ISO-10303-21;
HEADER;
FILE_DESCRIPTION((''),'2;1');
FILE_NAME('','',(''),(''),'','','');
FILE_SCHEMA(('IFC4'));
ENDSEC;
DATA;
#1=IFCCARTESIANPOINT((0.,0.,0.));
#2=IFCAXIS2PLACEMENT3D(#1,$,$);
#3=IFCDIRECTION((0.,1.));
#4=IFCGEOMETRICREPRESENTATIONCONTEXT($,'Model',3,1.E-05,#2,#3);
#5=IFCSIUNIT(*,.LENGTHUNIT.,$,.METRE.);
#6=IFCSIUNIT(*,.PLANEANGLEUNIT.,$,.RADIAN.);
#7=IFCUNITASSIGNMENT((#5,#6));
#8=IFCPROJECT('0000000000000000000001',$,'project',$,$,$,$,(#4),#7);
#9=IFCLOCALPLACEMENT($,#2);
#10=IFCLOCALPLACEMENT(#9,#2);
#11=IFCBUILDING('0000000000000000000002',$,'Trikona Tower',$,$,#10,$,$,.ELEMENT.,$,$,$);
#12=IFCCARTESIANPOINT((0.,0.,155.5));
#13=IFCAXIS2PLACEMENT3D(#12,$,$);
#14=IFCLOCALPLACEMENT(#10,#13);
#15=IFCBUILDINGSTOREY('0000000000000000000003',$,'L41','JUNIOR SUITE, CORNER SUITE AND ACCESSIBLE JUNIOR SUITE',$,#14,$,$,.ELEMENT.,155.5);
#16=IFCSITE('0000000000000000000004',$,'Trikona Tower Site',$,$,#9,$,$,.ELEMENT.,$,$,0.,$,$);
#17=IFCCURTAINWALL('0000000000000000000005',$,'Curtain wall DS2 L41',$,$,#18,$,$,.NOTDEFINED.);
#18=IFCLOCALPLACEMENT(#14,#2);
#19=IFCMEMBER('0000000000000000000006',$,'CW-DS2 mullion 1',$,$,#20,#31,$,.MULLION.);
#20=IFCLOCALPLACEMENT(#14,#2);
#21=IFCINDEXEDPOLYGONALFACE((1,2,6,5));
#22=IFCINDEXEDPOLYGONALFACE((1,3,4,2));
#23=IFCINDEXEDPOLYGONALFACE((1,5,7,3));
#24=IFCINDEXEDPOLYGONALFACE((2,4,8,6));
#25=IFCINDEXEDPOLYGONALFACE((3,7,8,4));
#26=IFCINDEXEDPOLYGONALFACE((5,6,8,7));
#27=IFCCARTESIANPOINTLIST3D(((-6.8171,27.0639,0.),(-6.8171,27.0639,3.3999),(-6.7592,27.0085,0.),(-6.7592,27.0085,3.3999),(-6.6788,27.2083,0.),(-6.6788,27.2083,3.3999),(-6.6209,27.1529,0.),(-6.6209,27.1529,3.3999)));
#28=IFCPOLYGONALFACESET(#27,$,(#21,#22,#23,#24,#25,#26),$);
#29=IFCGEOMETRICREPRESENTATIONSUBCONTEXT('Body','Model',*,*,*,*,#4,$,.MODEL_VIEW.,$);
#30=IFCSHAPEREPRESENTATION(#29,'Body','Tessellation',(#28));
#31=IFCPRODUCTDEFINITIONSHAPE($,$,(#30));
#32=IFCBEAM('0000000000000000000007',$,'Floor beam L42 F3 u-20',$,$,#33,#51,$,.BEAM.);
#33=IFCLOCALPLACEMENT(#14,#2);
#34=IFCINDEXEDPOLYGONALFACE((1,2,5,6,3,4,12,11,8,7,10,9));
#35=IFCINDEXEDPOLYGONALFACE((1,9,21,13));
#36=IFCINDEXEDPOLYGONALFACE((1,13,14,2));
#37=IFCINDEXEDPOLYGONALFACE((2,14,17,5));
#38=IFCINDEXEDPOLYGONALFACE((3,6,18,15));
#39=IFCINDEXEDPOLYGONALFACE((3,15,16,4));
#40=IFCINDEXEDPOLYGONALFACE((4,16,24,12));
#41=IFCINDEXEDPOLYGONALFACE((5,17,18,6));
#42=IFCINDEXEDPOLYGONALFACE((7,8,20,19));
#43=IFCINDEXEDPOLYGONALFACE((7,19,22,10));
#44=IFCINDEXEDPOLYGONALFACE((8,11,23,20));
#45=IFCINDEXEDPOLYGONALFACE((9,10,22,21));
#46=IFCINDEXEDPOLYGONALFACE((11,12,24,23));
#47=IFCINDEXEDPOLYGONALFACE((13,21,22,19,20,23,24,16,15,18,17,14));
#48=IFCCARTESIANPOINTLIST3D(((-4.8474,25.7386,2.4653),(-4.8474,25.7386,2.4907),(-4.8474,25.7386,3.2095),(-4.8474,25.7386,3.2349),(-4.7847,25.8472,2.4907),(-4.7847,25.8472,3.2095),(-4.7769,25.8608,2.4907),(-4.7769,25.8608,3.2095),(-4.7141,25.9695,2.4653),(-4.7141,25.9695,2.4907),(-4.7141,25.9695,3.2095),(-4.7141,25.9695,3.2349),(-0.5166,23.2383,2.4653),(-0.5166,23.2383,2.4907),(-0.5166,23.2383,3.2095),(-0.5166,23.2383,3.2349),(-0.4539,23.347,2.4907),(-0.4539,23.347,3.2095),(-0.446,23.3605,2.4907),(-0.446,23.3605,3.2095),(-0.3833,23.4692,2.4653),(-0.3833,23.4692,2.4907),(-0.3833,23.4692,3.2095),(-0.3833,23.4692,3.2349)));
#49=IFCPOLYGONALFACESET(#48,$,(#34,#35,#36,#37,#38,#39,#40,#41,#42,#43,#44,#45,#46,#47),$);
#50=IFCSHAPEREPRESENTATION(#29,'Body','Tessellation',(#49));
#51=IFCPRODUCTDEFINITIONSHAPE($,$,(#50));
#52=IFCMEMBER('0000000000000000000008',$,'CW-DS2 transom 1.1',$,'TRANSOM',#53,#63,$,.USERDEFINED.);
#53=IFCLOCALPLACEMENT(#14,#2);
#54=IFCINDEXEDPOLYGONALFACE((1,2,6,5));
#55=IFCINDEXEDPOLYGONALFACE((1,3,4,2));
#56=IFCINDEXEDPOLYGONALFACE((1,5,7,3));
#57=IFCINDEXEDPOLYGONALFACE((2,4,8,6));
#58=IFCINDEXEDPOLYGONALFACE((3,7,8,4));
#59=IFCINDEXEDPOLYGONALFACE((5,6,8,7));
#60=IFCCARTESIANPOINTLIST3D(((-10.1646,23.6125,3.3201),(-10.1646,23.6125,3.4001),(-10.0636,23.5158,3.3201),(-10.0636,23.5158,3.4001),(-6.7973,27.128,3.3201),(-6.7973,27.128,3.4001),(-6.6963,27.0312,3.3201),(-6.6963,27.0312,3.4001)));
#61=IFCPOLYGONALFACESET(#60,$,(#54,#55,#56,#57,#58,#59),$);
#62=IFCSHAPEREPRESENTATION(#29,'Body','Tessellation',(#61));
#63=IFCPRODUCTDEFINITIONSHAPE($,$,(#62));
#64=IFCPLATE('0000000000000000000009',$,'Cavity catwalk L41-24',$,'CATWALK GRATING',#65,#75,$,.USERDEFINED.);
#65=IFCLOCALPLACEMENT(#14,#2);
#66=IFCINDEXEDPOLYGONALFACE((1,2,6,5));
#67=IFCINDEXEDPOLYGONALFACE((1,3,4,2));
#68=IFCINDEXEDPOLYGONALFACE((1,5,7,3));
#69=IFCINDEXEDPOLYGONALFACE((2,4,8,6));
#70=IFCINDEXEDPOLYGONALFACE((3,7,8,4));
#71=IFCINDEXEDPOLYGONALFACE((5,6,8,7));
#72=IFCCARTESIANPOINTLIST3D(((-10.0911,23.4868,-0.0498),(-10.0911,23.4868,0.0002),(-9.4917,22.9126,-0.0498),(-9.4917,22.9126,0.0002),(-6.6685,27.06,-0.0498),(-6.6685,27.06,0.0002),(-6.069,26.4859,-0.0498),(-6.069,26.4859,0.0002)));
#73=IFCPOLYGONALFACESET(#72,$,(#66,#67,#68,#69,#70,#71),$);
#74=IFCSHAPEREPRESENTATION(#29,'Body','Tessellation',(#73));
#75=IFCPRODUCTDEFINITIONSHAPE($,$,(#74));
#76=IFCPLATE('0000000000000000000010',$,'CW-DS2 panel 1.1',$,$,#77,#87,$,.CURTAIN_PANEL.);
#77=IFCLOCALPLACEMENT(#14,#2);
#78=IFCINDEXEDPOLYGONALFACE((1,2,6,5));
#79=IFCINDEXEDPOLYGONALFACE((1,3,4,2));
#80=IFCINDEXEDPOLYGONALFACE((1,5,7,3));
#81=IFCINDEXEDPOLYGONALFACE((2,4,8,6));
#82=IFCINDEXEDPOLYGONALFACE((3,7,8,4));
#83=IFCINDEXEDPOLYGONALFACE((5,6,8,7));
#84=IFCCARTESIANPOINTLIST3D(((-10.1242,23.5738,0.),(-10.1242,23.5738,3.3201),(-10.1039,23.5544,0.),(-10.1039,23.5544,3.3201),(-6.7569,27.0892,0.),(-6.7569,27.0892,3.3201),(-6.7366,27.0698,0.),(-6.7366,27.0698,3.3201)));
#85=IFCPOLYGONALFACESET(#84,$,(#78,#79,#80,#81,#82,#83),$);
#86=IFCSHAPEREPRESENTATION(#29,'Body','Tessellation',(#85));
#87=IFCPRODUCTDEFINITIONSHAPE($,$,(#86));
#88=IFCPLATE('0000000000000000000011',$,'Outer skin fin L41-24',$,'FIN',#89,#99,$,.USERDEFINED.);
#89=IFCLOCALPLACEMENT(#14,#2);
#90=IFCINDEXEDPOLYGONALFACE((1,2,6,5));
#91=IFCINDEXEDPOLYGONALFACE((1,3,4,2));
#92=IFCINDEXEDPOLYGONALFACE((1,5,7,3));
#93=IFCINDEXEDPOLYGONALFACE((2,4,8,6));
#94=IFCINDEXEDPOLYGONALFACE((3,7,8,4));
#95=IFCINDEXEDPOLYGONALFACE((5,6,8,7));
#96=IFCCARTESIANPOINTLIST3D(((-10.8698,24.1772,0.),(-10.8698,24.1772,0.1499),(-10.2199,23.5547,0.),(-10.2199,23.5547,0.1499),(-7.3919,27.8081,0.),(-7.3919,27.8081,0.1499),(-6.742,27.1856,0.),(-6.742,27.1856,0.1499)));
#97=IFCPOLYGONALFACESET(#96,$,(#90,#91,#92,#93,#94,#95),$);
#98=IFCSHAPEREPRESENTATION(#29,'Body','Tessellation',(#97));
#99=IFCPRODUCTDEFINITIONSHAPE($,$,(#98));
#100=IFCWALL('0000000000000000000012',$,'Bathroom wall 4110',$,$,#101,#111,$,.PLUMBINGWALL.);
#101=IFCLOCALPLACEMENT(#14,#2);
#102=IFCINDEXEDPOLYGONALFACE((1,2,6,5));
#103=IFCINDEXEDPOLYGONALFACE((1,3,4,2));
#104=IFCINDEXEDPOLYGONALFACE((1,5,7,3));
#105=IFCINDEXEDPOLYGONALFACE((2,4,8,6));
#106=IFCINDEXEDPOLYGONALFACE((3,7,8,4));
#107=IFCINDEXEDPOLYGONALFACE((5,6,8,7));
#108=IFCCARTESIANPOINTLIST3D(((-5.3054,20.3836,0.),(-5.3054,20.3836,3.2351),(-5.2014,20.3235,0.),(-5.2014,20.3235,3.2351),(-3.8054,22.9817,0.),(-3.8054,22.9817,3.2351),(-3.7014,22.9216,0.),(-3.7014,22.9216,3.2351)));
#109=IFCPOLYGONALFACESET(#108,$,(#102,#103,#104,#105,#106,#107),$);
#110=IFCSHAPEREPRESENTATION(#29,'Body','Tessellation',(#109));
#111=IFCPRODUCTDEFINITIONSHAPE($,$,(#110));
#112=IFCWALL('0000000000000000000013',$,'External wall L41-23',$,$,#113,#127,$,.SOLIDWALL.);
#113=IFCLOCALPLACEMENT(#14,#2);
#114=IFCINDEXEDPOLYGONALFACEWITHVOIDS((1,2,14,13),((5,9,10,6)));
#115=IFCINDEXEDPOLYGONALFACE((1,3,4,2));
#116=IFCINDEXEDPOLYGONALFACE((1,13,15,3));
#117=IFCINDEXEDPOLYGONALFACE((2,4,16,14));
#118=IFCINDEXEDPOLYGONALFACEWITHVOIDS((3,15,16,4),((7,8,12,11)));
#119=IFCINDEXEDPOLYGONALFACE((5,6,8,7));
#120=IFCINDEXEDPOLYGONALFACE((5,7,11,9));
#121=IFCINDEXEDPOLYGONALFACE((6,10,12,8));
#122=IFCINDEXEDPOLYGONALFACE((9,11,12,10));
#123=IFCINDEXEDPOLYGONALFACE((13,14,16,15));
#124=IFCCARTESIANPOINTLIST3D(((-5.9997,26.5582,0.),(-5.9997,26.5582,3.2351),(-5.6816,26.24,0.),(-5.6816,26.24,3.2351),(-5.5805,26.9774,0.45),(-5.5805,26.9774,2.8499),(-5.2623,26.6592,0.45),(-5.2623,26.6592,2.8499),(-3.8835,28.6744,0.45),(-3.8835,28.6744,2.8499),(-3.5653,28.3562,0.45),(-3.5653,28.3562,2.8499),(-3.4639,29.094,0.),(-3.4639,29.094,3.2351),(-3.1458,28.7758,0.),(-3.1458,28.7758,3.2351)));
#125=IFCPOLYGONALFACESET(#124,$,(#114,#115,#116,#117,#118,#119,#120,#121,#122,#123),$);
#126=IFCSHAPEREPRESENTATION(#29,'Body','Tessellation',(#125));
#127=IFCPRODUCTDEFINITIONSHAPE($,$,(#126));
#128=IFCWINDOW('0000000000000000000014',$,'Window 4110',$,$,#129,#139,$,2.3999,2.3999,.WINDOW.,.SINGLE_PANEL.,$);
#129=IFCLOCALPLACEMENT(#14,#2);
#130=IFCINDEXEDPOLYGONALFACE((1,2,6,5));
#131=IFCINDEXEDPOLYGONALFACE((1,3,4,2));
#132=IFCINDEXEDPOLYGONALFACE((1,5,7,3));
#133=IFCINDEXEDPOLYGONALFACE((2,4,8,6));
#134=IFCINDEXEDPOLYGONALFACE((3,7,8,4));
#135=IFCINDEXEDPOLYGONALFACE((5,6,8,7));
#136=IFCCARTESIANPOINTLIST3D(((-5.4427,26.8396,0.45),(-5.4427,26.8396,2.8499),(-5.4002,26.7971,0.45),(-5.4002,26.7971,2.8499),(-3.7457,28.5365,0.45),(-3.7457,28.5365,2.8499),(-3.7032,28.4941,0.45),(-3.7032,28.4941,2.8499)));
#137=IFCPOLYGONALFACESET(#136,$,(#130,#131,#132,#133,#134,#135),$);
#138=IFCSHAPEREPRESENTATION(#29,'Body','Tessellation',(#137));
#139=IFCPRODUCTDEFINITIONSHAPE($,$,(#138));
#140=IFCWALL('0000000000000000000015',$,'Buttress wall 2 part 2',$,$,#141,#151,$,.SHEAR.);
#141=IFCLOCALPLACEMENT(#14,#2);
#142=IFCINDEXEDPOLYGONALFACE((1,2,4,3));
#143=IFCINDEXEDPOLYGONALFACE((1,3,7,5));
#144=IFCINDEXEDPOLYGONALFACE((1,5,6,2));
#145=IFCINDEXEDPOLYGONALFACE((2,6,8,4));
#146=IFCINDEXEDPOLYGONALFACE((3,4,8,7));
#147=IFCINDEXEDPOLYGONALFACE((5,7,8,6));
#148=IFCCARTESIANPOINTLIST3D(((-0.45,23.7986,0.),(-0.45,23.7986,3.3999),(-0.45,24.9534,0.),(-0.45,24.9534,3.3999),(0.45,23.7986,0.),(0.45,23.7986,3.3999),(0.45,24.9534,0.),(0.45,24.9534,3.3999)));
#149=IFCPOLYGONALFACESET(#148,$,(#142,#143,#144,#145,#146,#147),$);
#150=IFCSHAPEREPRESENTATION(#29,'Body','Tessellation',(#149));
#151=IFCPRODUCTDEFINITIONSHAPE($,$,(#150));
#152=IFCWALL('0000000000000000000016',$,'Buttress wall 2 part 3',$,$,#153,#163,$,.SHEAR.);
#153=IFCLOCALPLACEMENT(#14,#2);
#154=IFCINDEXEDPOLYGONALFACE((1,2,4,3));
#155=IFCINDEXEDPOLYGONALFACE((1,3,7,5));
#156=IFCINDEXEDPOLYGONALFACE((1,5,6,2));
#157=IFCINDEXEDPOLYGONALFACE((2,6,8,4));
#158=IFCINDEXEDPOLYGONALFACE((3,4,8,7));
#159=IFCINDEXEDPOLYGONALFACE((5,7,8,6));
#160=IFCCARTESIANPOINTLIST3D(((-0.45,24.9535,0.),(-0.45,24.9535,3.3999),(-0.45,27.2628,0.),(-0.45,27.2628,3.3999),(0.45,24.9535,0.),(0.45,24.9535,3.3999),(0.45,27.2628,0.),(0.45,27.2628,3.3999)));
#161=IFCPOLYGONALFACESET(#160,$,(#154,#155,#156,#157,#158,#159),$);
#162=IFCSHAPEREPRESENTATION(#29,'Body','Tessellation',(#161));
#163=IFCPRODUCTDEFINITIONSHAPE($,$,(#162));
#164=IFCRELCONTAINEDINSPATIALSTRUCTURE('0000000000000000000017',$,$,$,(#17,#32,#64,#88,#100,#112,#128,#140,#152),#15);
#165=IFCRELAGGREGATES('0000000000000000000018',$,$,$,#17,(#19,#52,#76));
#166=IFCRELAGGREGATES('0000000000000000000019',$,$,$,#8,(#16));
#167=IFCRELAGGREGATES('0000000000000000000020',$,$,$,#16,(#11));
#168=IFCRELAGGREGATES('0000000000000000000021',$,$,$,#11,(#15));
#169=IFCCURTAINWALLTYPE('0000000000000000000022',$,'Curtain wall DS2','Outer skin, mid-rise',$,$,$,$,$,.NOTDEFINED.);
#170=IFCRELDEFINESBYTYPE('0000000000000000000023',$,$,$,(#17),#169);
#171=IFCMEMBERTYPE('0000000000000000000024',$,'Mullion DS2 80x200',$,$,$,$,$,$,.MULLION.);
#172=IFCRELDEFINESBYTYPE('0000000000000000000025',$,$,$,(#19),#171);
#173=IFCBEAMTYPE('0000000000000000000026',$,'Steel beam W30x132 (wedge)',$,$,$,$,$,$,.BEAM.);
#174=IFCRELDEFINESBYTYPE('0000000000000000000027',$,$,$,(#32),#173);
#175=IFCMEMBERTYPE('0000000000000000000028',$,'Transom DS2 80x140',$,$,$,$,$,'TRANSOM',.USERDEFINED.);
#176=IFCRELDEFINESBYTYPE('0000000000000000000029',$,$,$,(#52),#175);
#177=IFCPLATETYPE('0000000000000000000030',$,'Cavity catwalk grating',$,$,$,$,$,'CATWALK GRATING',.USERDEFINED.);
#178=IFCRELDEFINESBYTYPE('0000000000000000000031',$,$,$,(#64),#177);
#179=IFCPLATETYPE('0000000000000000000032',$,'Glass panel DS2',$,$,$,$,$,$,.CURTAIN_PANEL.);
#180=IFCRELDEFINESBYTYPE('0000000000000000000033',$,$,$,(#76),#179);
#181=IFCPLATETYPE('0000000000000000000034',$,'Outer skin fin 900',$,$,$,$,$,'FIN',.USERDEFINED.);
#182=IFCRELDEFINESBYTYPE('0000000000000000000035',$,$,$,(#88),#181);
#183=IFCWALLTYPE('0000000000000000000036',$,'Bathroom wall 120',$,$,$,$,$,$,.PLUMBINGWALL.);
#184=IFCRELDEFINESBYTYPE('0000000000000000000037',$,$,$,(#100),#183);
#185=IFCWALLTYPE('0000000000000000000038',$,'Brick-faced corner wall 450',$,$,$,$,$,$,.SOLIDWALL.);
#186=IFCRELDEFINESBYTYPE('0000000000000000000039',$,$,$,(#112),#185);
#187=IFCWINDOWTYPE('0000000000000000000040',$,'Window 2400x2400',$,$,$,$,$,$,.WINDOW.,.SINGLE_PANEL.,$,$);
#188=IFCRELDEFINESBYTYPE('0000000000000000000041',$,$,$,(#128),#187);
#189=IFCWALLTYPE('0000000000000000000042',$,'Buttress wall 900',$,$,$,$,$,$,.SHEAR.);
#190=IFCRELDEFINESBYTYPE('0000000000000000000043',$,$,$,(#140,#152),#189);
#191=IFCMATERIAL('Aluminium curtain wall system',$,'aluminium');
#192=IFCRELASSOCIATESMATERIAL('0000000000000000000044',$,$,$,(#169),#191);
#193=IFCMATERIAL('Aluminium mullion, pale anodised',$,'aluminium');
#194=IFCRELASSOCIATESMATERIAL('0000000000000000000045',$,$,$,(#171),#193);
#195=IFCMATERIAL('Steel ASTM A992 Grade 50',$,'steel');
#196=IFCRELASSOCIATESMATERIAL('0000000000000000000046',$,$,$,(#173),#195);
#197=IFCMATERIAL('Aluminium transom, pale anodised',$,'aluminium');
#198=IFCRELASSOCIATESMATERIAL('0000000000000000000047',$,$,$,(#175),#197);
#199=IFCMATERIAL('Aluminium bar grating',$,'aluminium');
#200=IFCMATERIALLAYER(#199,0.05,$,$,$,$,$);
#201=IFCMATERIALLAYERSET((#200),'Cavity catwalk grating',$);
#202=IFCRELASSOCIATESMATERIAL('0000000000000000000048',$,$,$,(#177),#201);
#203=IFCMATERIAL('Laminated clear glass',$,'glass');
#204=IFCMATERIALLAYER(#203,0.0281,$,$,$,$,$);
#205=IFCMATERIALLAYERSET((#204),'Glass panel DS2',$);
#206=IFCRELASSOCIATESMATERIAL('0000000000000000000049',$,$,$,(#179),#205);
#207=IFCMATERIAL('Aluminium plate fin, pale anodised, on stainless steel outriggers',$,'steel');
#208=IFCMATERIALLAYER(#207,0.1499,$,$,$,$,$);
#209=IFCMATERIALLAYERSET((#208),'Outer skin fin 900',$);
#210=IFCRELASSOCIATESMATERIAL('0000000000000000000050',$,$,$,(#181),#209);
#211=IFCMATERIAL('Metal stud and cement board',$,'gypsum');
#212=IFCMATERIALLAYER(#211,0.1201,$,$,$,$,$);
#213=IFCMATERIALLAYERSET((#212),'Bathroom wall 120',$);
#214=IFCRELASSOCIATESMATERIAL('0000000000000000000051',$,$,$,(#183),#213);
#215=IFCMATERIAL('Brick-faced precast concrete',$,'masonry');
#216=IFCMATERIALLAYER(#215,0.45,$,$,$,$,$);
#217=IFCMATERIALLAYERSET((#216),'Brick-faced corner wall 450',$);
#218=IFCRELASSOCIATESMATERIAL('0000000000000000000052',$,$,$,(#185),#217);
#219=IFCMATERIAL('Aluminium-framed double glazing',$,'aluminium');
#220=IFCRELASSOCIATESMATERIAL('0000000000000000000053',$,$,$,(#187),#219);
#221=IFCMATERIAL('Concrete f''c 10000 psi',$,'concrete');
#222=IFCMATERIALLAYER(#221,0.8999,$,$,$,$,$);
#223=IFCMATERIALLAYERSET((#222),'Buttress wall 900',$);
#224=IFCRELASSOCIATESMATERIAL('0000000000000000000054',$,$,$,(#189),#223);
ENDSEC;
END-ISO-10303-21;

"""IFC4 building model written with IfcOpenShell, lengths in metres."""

from ifc_helpers import new_model, si_unit, direction, frame, frame_2d, origin, origin_2d, place, context, subcontext, project, spatial, rectangle, i_section, extrude, material, layer, layer_set, material_profile, profile_set, type_object, element, fill, aggregate, save


model = new_model("IFC4")

# Units and contexts
model_context = context("Model", 3, precision=1e-05, world=origin(), true_north=direction((0.0, 1.0)))
body_context = subcontext(model_context, "Body", "Model", "MODEL_VIEW")
ifc_project = project(units=[si_unit("LENGTHUNIT", "METRE"), si_unit("PLANEANGLEUNIT", "RADIAN")], contexts=[model_context])

# Site, building, storey
site_placement = place(None, origin())
site = spatial("IfcSite", under=ifc_project, at=site_placement, Name="Trikona Tower Site", CompositionType="ELEMENT", RefElevation=0.0)
building_placement = place(site_placement, origin())
building = spatial("IfcBuilding", under=site, at=building_placement, Name="Trikona Tower", CompositionType="ELEMENT")
storey_placement = place(building_placement, frame((0.0, 0.0, 155.5)))
storey = spatial("IfcBuildingStorey", under=building, at=storey_placement, Name="L41", Description="JUNIOR SUITE, CORNER SUITE AND ACCESSIBLE JUNIOR SUITE", CompositionType="ELEMENT", Elevation=155.5)

# Curtain wall, member
ifc_material_1 = material(Name="Aluminium curtain wall system", Category="aluminium")
curtain_wall_type = type_object("IfcCurtainWallType", Name="Curtain wall DS2", Description="Outer skin, mid-rise", PredefinedType="NOTDEFINED", material=ifc_material_1)
curtain_wall_placement = place(storey_placement, origin())
curtain_wall = element("IfcCurtainWall", 1, at=curtain_wall_placement, inside=storey, type_object=curtain_wall_type, Name="Curtain wall DS2 L41", PredefinedType="NOTDEFINED")
ifc_material_2 = material(Name="Aluminium mullion, pale anodised", Category="aluminium")
ifc_material_profile_1 = material_profile(ifc_material_2, rectangle(XDim=0.0801, YDim=0.2, at=origin_2d()), Name="MUL-DS2")
ifc_profile_set_1 = profile_set([ifc_material_profile_1], Name="Aluminium mullion, pale anodised")
member_type_1 = type_object("IfcMemberType", Name="Mullion DS2 80x200", PredefinedType="MULLION", material=ifc_profile_set_1)
member_1_placement = place(storey_placement, frame((-6.719, 27.1084, 0.0), z_axis=(0.0, 0.0, 1.0), x_axis=(0.722158, -0.691728, 0.0)))
member_1 = element("IfcMember", 2, at=member_1_placement, type_object=member_type_1, Name="CW-DS2 mullion 1", PredefinedType="MULLION", context=body_context, shape_type="SweptSolid", body=[
    extrude(rectangle(XDim=0.0801, YDim=0.2, at=origin_2d()), origin(), (0.0, 0.0, 1.0), 3.3999),
])

# Beam
ifc_material_3 = material(Name="Steel ASTM A992 Grade 50", Category="steel")
ifc_material_profile_2 = material_profile(ifc_material_3, i_section(OverallWidth=0.2666, OverallDepth=0.7695, WebThickness=0.0156, FlangeThickness=0.0254, at=origin_2d()), Name="W30X132")
ifc_profile_set_2 = profile_set([ifc_material_profile_2], Name="Steel ASTM A992 Grade 50")
beam_type = type_object("IfcBeamType", Name="Steel beam W30x132 (wedge)", PredefinedType="BEAM", material=ifc_profile_set_2)
beam_placement = place(storey_placement, frame((-0.45, 23.3538, 2.8501), z_axis=(-0.866038, 0.499977, 0.0), x_axis=(-0.499977, -0.866038, 0.0)))
element("IfcBeam", 3, at=beam_placement, inside=storey, type_object=beam_type, Name="Floor beam L42 F3 u-20", PredefinedType="BEAM", context=body_context, shape_type="SweptSolid", body=[
    extrude(i_section(OverallWidth=0.2666, OverallDepth=0.7695, WebThickness=0.0156, FlangeThickness=0.0254, at=origin_2d()), origin(), (0.0, 0.0, 1.0), 5.0007),
])

# Member
ifc_material_4 = material(Name="Aluminium transom, pale anodised", Category="aluminium")
ifc_material_profile_3 = material_profile(ifc_material_4, rectangle(XDim=0.1399, YDim=0.0801, at=origin_2d()), Name="TRN-DS2")
ifc_profile_set_3 = profile_set([ifc_material_profile_3], Name="Aluminium transom, pale anodised")
member_type_2 = type_object("IfcMemberType", Name="Transom DS2 80x140", ElementType="TRANSOM", PredefinedType="USERDEFINED", material=ifc_profile_set_3)
member_2_placement = place(storey_placement, frame((-6.7468, 27.0796, 3.3601), z_axis=(-0.691721, -0.722165, 0.0), x_axis=(0.722165, -0.691721, 0.0)))
member_2 = element("IfcMember", 4, at=member_2_placement, type_object=member_type_2, Name="CW-DS2 transom 1.1", ObjectType="TRANSOM", PredefinedType="USERDEFINED", context=body_context, shape_type="SweptSolid", body=[
    extrude(rectangle(XDim=0.1399, YDim=0.0801, at=origin_2d()), origin(), (0.0, 0.0, 1.0), 4.8679),
])

# Plates
ifc_material_5 = material(Name="Aluminium bar grating", Category="aluminium")
ifc_layer_1 = layer(ifc_material_5, 0.05)
ifc_layer_set_1 = layer_set([ifc_layer_1], Name="Cavity catwalk grating")
plate_type_1 = type_object("IfcPlateType", Name="Cavity catwalk grating", ElementType="CATWALK GRATING", PredefinedType="USERDEFINED", material=ifc_layer_set_1)
plate_1_placement = place(storey_placement, frame((-8.0801, 24.9863, -0.0498), z_axis=(0.0, 0.0, 1.0), x_axis=(-0.691724, -0.722162, 0.0)))
element("IfcPlate", 5, at=plate_1_placement, inside=storey, type_object=plate_type_1, Name="Cavity catwalk L41-24", ObjectType="CATWALK GRATING", PredefinedType="USERDEFINED", context=body_context, shape_type="SweptSolid", body=[
    extrude(rectangle(XDim=4.948, YDim=0.8301, at=origin_2d()), origin(), (0.0, 0.0, 1.0), 0.05),
])
ifc_material_6 = material(Name="Laminated clear glass", Category="glass")
ifc_layer_2 = layer(ifc_material_6, 0.0281)
ifc_layer_set_2 = layer_set([ifc_layer_2], Name="Glass panel DS2")
plate_type_2 = type_object("IfcPlateType", Name="Glass panel DS2", PredefinedType="CURTAIN_PANEL", material=ifc_layer_set_2)
plate_2_placement = place(storey_placement, frame((-8.4304, 25.3218, 0.0), z_axis=(0.0, 0.0, 1.0), x_axis=(-0.691728, -0.722158, 0.0)))
plate_2 = element("IfcPlate", 6, at=plate_2_placement, type_object=plate_type_2, Name="CW-DS2 panel 1.1", PredefinedType="CURTAIN_PANEL", context=body_context, shape_type="SweptSolid", body=[
    extrude(rectangle(XDim=4.8679, YDim=0.0281, at=origin_2d()), origin(), (0.0, 0.0, 1.0), 3.3201),
])
aggregate(curtain_wall, [member_1, member_2, plate_2])
ifc_material_7 = material(Name="Aluminium plate fin, pale anodised, on stainless steel outriggers", Category="steel")
ifc_layer_3 = layer(ifc_material_7, 0.1499)
ifc_layer_set_3 = layer_set([ifc_layer_3], Name="Outer skin fin 900")
plate_type_3 = type_object("IfcPlateType", Name="Outer skin fin 900", ElementType="FIN", PredefinedType="USERDEFINED", material=ifc_layer_set_3)
plate_3_placement = place(storey_placement, frame((-8.8059, 25.6814, 0.0), z_axis=(0.0, 0.0, 1.0), x_axis=(-0.691724, -0.722162, 0.0)))
element("IfcPlate", 7, at=plate_3_placement, inside=storey, type_object=plate_type_3, Name="Outer skin fin L41-24", ObjectType="FIN", PredefinedType="USERDEFINED", context=body_context, shape_type="SweptSolid", body=[
    extrude(rectangle(XDim=5.0278, YDim=0.8999, at=origin_2d()), origin(), (0.0, 0.0, 1.0), 0.1499),
])

# Wall
ifc_material_8 = material(Name="Metal stud and cement board", Category="gypsum")
ifc_layer_4 = layer(ifc_material_8, 0.1201)
ifc_layer_set_4 = layer_set([ifc_layer_4], Name="Bathroom wall 120")
wall_type_1 = type_object("IfcWallType", Name="Bathroom wall 120", PredefinedType="PLUMBINGWALL", material=ifc_layer_set_4)
wall_1_placement = place(storey_placement, frame((-3.7534, 22.9517, 0.0), z_axis=(0.0, 0.0, 1.0), x_axis=(-0.49999, -0.866031, 0.0)))
element("IfcWall", 8, at=wall_1_placement, inside=storey, type_object=wall_type_1, Name="Bathroom wall 4110", PredefinedType="PLUMBINGWALL", context=body_context, shape_type="SweptSolid", body=[
    extrude(rectangle(XDim=3.0, YDim=0.1201, at=frame_2d((1.5, 0.0))), origin(), (0.0, 0.0, 1.0), 3.2351),
])

# Wall, opening, window
ifc_material_9 = material(Name="Brick-faced precast concrete", Category="masonry")
ifc_layer_5 = layer(ifc_material_9, 0.45)
ifc_layer_set_5 = layer_set([ifc_layer_5], Name="Brick-faced corner wall 450")
wall_type_2 = type_object("IfcWallType", Name="Brick-faced corner wall 450", PredefinedType="SOLIDWALL", material=ifc_layer_set_5)
wall_2_placement = place(storey_placement, frame((-3.3049, 28.9348, 0.0), z_axis=(0.0, 0.0, 1.0), x_axis=(-0.707107, -0.707107, 0.0)))
wall_2 = element("IfcWall", 9, at=wall_2_placement, inside=storey, type_object=wall_type_2, Name="External wall L41-23", PredefinedType="SOLIDWALL", context=body_context, shape_type="SweptSolid", body=[
    extrude(rectangle(XDim=3.5862, YDim=0.45, at=frame_2d((1.793, 0.0))), origin(), (0.0, 0.0, 1.0), 3.2351),
])
opening_1_placement = place(wall_2_placement, frame((0.5933, 0.0, 0.45)))
opening_1 = element("IfcOpeningElement", 10, at=opening_1_placement, cuts=wall_2, PredefinedType="OPENING", context=body_context, shape_type="SweptSolid", body=[
    extrude(rectangle(XDim=2.3999, YDim=2.3999, at=frame_2d((1.2, 1.2))), frame((0.0, 0.2349, 0.0), z_axis=(0.0, -1.0, 0.0), x_axis=(1.0, 0.0, 0.0)), (0.0, 0.0, 1.0), 0.47),
])
ifc_material_10 = material(Name="Aluminium-framed double glazing", Category="aluminium")
window_type_1 = type_object("IfcWindowType", Name="Window 2400x2400", PartitioningType="SINGLE_PANEL", PredefinedType="WINDOW", material=ifc_material_10)
window_1_placement = place(opening_1_placement, origin())
window_1 = element("IfcWindow", 11, at=window_1_placement, inside=storey, type_object=window_type_1, Name="Window 4110", OverallHeight=2.3999, OverallWidth=2.3999, PartitioningType="SINGLE_PANEL", PredefinedType="WINDOW", context=body_context, shape_type="SweptSolid", body=[
    extrude(rectangle(XDim=2.3999, YDim=2.3999, at=frame_2d((1.2, 1.2))), frame((0.0, 0.03, 0.0), z_axis=(0.0, -1.0, 0.0), x_axis=(1.0, 0.0, 0.0)), (0.0, 0.0, 1.0), 0.0601),
])
fill(opening_1, window_1)

# Walls
ifc_material_11 = material(Name="Concrete f'c 10000 psi", Category="concrete")
ifc_layer_6 = layer(ifc_material_11, 0.8999)
ifc_layer_set_6 = layer_set([ifc_layer_6], Name="Buttress wall 900")
wall_type_3 = type_object("IfcWallType", Name="Buttress wall 900", PredefinedType="SHEAR", material=ifc_layer_set_6)
wall_3_placement = place(storey_placement, frame((0.0, 23.7986, 0.0), z_axis=(0.0, 0.0, 1.0), x_axis=(0.0, 1.0, 0.0)))
element("IfcWall", 12, at=wall_3_placement, inside=storey, type_object=wall_type_3, Name="Buttress wall 2 part 2", PredefinedType="SHEAR", context=body_context, shape_type="SweptSolid", body=[
    extrude(rectangle(XDim=1.1548, YDim=0.8999, at=frame_2d((0.5774, 0.0))), origin(), (0.0, 0.0, 1.0), 3.3999),
])
wall_4_placement = place(storey_placement, frame((0.0, 24.9534, 0.0), z_axis=(0.0, 0.0, 1.0), x_axis=(0.0, 1.0, 0.0)))
element("IfcWall", 13, at=wall_4_placement, inside=storey, type_object=wall_type_3, Name="Buttress wall 2 part 3", PredefinedType="SHEAR", context=body_context, shape_type="SweptSolid", body=[
    extrude(rectangle(XDim=2.3093, YDim=0.8999, at=frame_2d((1.1548, 0.0))), origin(), (0.0, 0.0, 1.0), 3.3999),
])

save(model, "model.ifc")
